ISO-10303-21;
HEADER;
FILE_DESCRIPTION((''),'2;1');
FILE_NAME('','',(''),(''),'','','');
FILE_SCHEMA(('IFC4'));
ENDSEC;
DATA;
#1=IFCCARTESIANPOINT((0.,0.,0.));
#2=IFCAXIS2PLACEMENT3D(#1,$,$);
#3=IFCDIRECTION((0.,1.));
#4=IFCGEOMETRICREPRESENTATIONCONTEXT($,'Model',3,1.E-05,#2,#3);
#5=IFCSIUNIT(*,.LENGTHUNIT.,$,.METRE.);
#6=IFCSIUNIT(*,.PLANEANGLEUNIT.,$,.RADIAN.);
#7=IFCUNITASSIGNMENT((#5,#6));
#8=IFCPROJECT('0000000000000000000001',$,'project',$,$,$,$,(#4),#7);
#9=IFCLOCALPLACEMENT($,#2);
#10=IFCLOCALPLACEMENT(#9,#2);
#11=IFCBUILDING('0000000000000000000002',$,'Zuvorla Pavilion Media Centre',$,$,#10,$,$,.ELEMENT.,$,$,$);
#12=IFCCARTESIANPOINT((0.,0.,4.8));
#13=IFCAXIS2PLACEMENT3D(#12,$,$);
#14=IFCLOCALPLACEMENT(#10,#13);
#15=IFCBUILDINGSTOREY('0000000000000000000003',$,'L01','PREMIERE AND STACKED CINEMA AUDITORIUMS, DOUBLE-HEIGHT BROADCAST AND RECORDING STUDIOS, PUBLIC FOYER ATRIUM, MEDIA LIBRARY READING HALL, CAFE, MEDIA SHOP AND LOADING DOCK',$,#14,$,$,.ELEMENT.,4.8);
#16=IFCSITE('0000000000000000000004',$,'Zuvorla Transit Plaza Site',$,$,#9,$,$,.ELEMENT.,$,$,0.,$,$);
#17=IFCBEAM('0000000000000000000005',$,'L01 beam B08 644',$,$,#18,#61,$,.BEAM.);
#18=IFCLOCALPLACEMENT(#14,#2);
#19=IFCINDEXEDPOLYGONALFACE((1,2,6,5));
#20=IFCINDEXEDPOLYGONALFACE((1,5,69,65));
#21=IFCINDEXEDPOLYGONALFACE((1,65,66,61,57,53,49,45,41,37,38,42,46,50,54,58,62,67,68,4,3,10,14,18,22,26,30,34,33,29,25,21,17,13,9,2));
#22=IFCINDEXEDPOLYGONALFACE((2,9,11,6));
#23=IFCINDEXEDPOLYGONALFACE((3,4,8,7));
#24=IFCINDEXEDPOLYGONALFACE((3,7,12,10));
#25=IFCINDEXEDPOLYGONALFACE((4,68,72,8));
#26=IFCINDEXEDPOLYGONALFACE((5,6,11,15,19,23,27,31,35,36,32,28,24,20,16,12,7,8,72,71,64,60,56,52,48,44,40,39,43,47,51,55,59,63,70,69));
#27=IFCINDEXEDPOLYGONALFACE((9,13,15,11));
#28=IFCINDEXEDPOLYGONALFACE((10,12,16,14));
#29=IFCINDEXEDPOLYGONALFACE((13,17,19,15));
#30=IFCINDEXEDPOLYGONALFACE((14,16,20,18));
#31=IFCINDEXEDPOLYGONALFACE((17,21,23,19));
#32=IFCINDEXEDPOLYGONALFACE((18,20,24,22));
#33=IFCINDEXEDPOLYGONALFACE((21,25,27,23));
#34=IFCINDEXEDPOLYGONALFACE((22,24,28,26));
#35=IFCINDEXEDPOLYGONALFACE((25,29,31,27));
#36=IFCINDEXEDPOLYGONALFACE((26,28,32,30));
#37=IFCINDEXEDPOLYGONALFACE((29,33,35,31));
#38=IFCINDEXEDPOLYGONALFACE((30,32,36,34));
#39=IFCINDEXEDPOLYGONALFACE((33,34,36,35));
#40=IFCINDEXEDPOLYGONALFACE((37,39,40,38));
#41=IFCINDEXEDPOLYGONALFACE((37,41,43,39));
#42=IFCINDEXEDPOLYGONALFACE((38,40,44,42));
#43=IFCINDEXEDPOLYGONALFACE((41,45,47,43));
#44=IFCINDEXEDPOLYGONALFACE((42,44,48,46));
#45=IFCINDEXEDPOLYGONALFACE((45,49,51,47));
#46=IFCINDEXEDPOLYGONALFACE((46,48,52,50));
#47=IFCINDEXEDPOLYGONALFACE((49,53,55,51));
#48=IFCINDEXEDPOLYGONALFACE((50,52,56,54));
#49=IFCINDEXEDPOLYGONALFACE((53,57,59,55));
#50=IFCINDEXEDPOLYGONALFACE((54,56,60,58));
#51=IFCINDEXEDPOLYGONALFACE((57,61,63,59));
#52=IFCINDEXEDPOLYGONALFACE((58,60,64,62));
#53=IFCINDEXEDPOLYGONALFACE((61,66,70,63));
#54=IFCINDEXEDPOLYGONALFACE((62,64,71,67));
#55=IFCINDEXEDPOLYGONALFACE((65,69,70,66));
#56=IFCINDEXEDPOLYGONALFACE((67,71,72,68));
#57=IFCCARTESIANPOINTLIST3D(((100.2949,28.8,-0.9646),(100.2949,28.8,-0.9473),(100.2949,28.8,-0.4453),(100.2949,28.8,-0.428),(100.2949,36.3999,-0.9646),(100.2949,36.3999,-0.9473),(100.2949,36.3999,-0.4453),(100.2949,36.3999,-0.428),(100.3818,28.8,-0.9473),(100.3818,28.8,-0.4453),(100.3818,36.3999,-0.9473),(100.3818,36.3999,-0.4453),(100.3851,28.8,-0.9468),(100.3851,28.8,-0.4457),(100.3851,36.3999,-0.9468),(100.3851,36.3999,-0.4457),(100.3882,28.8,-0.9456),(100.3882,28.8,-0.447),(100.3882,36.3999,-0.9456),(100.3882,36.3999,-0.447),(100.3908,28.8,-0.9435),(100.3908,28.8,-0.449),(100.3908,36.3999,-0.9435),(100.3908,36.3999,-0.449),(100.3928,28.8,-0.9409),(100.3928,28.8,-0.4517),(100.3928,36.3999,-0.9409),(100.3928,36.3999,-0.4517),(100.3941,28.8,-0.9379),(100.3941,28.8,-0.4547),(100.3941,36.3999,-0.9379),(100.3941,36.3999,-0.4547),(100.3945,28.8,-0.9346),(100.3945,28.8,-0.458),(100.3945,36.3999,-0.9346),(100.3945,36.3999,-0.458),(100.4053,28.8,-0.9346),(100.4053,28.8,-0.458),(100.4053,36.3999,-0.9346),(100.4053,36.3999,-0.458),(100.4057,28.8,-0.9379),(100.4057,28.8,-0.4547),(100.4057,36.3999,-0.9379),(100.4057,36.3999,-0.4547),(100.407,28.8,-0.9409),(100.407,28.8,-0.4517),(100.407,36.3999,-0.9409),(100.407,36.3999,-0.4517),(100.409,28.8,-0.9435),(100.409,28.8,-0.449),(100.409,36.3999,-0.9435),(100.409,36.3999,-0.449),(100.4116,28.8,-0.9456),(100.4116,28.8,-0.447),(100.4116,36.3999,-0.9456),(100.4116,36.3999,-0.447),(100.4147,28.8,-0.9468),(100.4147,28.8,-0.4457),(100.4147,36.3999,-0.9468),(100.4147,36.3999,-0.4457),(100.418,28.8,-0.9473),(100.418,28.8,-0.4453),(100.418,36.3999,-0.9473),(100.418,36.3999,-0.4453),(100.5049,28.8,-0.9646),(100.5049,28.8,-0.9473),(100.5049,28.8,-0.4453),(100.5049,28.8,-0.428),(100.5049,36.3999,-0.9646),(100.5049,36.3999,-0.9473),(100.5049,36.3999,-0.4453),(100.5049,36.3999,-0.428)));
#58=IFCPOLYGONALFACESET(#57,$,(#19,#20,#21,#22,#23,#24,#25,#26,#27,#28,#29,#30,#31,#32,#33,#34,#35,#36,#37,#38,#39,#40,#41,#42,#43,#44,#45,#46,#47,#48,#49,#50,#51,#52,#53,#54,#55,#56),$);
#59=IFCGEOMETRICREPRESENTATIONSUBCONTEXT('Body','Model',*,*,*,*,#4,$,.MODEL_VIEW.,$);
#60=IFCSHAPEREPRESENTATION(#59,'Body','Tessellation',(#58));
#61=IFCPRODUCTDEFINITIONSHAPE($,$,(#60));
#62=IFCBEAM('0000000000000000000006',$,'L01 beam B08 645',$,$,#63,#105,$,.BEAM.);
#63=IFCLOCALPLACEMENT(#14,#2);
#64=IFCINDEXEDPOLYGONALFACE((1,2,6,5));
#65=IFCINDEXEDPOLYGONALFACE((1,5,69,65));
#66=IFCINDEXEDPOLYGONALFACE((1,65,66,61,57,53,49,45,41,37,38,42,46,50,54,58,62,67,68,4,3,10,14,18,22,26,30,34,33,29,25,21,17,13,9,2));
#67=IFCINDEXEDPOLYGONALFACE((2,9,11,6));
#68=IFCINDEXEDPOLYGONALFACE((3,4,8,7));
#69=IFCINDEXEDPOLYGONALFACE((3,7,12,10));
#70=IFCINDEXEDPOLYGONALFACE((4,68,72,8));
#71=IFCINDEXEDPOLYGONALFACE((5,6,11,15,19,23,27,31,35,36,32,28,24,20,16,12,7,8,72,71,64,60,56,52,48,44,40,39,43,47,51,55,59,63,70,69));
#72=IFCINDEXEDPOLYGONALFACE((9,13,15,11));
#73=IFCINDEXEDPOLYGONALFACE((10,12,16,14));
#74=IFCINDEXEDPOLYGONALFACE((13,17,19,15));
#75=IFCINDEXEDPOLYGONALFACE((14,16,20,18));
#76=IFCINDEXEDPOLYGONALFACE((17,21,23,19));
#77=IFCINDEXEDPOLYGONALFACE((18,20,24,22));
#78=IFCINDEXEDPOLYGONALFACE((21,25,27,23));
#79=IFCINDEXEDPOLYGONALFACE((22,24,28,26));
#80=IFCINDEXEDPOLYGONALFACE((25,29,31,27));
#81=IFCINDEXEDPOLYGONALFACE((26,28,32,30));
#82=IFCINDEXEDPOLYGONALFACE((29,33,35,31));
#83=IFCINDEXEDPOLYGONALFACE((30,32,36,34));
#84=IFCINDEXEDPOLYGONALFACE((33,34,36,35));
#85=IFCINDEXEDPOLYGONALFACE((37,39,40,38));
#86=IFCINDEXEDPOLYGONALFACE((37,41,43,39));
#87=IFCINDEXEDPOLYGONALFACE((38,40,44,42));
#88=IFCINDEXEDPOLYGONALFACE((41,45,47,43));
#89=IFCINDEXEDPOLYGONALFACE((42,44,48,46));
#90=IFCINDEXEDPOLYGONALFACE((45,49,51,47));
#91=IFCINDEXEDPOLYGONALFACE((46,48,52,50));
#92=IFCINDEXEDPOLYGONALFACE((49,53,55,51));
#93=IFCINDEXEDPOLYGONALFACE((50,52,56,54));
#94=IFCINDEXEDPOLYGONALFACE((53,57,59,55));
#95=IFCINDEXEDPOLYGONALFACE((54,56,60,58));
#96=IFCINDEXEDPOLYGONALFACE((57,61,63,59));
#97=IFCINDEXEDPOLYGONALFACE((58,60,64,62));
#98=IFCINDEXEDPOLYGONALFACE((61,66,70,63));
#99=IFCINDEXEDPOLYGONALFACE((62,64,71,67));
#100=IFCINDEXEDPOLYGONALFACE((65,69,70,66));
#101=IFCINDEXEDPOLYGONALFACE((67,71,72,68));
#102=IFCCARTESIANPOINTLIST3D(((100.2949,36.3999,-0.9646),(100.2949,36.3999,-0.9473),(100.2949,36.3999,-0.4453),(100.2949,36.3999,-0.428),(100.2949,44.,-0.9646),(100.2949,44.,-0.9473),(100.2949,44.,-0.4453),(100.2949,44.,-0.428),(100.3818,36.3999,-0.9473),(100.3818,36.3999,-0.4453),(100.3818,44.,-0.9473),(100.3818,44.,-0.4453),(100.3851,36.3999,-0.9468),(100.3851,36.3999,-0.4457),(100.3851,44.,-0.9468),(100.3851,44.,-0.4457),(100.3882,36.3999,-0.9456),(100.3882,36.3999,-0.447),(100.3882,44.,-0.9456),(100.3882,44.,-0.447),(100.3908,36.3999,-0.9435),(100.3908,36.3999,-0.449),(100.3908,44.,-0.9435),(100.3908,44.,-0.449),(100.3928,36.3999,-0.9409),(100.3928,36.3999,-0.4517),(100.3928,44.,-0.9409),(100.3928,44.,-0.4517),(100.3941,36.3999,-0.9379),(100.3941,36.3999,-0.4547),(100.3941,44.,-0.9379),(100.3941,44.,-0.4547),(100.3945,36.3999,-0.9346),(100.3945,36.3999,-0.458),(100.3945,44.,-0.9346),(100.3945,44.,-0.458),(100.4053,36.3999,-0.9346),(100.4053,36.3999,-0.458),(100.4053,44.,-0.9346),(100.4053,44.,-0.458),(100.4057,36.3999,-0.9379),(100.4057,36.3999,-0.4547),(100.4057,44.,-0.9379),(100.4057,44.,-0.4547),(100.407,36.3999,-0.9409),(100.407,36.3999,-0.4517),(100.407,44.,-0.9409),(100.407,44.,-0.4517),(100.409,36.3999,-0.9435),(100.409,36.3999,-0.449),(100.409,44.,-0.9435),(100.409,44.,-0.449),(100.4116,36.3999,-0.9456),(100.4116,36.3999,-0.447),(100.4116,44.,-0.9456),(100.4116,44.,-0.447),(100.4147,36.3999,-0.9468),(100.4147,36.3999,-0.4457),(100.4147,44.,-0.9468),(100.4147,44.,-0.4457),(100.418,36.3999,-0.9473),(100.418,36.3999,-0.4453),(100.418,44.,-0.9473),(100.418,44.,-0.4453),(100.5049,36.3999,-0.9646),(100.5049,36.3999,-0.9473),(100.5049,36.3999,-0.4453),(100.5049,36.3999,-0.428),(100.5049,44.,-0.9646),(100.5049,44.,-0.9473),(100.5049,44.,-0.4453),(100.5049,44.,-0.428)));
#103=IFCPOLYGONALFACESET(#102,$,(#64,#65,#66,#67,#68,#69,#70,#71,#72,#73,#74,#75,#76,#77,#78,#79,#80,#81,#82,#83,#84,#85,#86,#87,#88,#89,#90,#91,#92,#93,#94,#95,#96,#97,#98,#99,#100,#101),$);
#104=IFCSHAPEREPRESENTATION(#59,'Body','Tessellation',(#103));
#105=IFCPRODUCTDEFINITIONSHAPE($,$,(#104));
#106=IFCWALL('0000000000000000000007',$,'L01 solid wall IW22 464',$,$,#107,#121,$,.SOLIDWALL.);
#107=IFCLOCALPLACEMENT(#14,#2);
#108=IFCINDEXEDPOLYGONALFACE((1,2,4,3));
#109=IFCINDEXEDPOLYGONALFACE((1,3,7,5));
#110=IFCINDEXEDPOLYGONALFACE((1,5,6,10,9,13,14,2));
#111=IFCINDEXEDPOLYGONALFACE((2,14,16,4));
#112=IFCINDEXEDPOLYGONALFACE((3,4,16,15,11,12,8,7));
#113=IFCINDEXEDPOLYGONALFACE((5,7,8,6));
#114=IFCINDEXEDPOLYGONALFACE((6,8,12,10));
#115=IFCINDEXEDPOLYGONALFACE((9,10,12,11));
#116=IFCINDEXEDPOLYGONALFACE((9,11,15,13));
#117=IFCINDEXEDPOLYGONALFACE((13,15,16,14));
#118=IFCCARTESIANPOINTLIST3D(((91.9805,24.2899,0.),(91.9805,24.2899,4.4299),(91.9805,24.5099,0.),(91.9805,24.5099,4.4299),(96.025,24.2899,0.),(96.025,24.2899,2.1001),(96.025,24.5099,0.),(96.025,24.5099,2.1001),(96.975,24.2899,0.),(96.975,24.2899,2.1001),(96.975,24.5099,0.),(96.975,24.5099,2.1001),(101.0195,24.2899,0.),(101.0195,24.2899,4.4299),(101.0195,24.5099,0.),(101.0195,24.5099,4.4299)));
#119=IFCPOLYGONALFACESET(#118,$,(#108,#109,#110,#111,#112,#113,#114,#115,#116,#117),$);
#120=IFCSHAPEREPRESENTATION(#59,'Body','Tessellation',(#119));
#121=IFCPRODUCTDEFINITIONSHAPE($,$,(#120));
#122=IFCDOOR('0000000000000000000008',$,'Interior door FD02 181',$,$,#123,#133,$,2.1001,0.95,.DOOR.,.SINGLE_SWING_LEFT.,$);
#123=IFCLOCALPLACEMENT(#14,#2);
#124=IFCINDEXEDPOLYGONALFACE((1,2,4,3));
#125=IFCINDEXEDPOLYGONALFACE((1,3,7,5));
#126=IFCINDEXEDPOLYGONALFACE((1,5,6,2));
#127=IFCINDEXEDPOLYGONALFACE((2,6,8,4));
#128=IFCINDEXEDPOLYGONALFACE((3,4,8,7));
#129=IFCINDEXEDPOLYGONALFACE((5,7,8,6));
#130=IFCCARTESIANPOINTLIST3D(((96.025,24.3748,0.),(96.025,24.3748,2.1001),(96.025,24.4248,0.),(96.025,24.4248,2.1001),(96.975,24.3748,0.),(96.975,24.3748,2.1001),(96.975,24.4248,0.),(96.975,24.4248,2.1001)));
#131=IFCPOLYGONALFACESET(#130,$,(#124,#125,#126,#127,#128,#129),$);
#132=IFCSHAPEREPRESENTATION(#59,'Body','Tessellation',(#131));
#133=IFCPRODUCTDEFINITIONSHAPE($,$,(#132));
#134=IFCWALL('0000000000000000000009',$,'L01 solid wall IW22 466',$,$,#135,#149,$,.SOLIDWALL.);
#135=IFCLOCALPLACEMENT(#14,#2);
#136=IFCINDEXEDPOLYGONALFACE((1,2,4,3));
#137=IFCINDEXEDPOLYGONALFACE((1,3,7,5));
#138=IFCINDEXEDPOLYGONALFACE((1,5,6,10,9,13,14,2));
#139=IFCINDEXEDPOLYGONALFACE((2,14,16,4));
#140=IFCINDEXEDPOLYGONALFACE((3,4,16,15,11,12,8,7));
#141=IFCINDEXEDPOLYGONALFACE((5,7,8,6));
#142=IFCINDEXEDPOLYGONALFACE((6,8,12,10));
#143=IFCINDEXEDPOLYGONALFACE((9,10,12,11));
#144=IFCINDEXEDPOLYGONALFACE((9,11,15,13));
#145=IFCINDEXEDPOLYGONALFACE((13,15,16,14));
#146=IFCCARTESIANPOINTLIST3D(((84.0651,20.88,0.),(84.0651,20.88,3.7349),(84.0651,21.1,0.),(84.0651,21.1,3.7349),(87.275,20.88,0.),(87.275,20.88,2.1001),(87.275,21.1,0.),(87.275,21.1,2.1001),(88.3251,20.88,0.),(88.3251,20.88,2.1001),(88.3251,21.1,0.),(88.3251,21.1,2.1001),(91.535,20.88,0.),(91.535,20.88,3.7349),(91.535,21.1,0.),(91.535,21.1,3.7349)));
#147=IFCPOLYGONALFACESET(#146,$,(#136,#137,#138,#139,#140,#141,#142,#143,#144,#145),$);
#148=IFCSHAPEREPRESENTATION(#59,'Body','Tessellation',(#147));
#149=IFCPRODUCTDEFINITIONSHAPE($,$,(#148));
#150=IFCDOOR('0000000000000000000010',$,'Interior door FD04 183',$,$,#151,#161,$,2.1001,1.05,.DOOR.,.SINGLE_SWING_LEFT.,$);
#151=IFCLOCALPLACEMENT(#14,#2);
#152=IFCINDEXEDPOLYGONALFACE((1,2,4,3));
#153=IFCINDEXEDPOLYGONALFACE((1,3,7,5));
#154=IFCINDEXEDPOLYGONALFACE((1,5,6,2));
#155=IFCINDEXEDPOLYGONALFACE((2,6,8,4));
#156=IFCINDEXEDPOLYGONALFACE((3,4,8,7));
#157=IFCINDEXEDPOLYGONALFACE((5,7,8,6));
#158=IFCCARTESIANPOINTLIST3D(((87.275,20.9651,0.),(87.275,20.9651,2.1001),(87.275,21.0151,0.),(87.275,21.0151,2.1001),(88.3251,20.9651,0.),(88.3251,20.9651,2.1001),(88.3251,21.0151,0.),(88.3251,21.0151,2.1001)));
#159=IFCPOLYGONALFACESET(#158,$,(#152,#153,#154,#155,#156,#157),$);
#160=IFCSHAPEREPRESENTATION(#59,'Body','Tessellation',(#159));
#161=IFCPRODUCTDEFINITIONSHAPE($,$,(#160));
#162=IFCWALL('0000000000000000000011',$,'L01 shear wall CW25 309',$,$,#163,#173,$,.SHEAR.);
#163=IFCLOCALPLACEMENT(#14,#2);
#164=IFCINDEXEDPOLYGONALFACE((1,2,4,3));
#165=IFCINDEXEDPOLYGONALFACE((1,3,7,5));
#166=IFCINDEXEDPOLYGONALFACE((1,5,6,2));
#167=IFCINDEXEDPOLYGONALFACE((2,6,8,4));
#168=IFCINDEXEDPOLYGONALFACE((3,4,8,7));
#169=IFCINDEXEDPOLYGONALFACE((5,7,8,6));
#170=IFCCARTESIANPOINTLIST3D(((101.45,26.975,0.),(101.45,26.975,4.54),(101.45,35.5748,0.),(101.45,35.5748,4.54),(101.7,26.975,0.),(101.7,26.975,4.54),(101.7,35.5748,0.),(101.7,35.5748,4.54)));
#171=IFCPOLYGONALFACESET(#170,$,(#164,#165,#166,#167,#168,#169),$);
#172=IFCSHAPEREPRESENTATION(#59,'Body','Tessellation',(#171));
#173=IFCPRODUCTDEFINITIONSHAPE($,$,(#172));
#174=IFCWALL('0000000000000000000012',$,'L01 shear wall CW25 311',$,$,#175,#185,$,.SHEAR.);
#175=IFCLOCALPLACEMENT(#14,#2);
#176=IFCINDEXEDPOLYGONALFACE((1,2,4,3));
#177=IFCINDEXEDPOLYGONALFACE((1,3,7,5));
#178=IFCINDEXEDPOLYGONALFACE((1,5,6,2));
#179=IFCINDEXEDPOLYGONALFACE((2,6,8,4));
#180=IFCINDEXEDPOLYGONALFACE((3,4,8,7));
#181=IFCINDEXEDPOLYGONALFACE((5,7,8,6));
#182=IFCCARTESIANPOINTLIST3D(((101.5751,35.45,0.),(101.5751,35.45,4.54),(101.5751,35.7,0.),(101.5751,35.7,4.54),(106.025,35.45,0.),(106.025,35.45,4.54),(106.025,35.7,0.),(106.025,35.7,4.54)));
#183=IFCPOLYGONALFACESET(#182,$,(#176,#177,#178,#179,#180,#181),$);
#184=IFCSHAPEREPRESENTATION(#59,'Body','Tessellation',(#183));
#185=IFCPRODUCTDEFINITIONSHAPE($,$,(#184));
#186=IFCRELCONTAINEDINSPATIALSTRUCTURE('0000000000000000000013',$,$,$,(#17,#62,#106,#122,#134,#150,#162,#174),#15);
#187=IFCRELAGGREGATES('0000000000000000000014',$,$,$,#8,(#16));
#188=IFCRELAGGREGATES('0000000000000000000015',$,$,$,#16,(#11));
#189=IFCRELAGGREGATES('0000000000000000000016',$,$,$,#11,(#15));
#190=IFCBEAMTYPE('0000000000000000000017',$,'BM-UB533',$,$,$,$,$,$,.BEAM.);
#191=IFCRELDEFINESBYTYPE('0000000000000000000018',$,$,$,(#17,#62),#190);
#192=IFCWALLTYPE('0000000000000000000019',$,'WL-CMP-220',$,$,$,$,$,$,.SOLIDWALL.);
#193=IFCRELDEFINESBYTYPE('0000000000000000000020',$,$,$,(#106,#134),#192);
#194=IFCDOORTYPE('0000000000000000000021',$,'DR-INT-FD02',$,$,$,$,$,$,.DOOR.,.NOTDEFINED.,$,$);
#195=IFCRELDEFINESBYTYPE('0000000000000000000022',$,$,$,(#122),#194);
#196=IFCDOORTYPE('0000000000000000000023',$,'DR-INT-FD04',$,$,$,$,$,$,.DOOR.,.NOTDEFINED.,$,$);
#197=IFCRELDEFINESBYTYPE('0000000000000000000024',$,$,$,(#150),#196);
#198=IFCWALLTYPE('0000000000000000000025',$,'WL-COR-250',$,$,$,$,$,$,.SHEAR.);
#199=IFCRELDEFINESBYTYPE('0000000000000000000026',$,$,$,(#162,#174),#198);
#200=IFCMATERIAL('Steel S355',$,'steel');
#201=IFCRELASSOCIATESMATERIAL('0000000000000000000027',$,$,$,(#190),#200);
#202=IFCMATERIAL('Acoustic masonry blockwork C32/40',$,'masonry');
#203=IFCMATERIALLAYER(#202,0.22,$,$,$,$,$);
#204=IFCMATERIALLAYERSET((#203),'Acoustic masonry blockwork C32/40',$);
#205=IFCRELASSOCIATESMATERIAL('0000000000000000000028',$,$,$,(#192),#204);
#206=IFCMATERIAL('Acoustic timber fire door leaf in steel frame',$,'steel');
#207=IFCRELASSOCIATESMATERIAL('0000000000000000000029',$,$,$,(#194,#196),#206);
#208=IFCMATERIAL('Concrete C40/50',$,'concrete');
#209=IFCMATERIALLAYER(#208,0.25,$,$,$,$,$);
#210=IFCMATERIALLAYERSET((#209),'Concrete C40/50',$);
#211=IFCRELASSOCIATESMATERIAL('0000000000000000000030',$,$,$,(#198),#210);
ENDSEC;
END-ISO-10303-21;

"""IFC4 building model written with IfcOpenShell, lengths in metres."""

from ifc_helpers import new_model, si_unit, direction, frame, frame_2d, origin, origin_2d, place, context, subcontext, project, spatial, rectangle, i_section, extrude, material, layer, layer_set, material_profile, profile_set, type_object, element, fill, save


model = new_model("IFC4")

# Units and contexts
model_context = context("Model", 3, precision=1e-05, world=origin(), true_north=direction((0.0, 1.0)))
body_context = subcontext(model_context, "Body", "Model", "MODEL_VIEW")
ifc_project = project(units=[si_unit("LENGTHUNIT", "METRE"), si_unit("PLANEANGLEUNIT", "RADIAN")], contexts=[model_context])

# Site, building, storey
site_placement = place(None, origin())
site = spatial("IfcSite", under=ifc_project, at=site_placement, Name="Zuvorla Transit Plaza Site", CompositionType="ELEMENT", RefElevation=0.0)
building_placement = place(site_placement, origin())
building = spatial("IfcBuilding", under=site, at=building_placement, Name="Zuvorla Pavilion Media Centre", CompositionType="ELEMENT")
storey_placement = place(building_placement, frame((0.0, 0.0, 4.8)))
storey = spatial("IfcBuildingStorey", under=building, at=storey_placement, Name="L01", Description="PREMIERE AND STACKED CINEMA AUDITORIUMS, DOUBLE-HEIGHT BROADCAST AND RECORDING STUDIOS, PUBLIC FOYER ATRIUM, MEDIA LIBRARY READING HALL, CAFE, MEDIA SHOP AND LOADING DOCK", CompositionType="ELEMENT", Elevation=4.8)

# Shared definitions
ifc_material_1 = material(Name="Concrete C40/50", Category="concrete")

# Beams
ifc_material_2 = material(Name="Steel S355", Category="steel")
ifc_material_profile_1 = material_profile(ifc_material_2, i_section(OverallWidth=0.21, OverallDepth=0.5366, WebThickness=0.0107, FlangeThickness=0.0173, FilletRadius=0.0127, at=origin_2d()), Name="UB 533x210x101")
ifc_profile_set_1 = profile_set([ifc_material_profile_1], Name="Steel S355")
beam_type_1 = type_object("IfcBeamType", Name="BM-UB533", PredefinedType="BEAM", material=ifc_profile_set_1)
beam_1_placement = place(storey_placement, frame((100.3999, 28.8, -0.6963), z_axis=(0.0, 1.0, 0.0), x_axis=(-1.0, 0.0, 0.0)))
element("IfcBeam", 1, at=beam_1_placement, inside=storey, type_object=beam_type_1, Name="L01 beam B08 644", PredefinedType="BEAM", context=body_context, shape_type="SweptSolid", body=[
    extrude(i_section(OverallWidth=0.21, OverallDepth=0.5366, WebThickness=0.0107, FlangeThickness=0.0173, FilletRadius=0.0127, at=origin_2d()), origin(), (0.0, 0.0, 1.0), 7.5999),
])
beam_2_placement = place(storey_placement, frame((100.3999, 36.3999, -0.6963), z_axis=(0.0, 1.0, 0.0), x_axis=(-1.0, 0.0, 0.0)))
element("IfcBeam", 2, at=beam_2_placement, inside=storey, type_object=beam_type_1, Name="L01 beam B08 645", PredefinedType="BEAM", context=body_context, shape_type="SweptSolid", body=[
    extrude(i_section(OverallWidth=0.21, OverallDepth=0.5366, WebThickness=0.0107, FlangeThickness=0.0173, FilletRadius=0.0127, at=origin_2d()), origin(), (0.0, 0.0, 1.0), 7.6001),
])

# Walls, openings, doors
ifc_material_3 = material(Name="Acoustic masonry blockwork C32/40", Category="masonry")
ifc_layer_1 = layer(ifc_material_3, 0.22)
ifc_layer_set_1 = layer_set([ifc_layer_1], Name="Acoustic masonry blockwork C32/40")
wall_type_1 = type_object("IfcWallType", Name="WL-CMP-220", PredefinedType="SOLIDWALL", material=ifc_layer_set_1)
wall_1_placement = place(storey_placement, frame((91.9805, 24.3999, 0.0), z_axis=(0.0, 0.0, 1.0), x_axis=(1.0, 0.0, 0.0)))
wall_1 = element("IfcWall", 3, at=wall_1_placement, inside=storey, type_object=wall_type_1, Name="L01 solid wall IW22 464", PredefinedType="SOLIDWALL", context=body_context, shape_type="SweptSolid", body=[
    extrude(rectangle(XDim=9.0391, YDim=0.22, at=frame_2d((4.5195, 0.0))), origin(), (0.0, 0.0, 1.0), 4.4299),
])
opening_1_placement = place(wall_1_placement, frame((4.0444, 0.0, 0.0)))
opening_1 = element("IfcOpeningElement", 4, at=opening_1_placement, cuts=wall_1, PredefinedType="OPENING", context=body_context, shape_type="SweptSolid", body=[
    extrude(rectangle(XDim=0.95, YDim=2.1001, at=frame_2d((0.4751, 1.05))), frame((0.0, 0.1199, 0.0), z_axis=(0.0, -1.0, 0.0), x_axis=(1.0, 0.0, 0.0)), (0.0, 0.0, 1.0), 0.24),
])
ifc_material_4 = material(Name="Acoustic timber fire door leaf in steel frame", Category="steel")
door_type_1 = type_object("IfcDoorType", Name="DR-INT-FD02", OperationType="NOTDEFINED", PredefinedType="DOOR", material=ifc_material_4)
door_1_placement = place(opening_1_placement, origin())
door_1 = element("IfcDoor", 5, at=door_1_placement, inside=storey, type_object=door_type_1, Name="Interior door FD02 181", OperationType="SINGLE_SWING_LEFT", OverallHeight=2.1001, OverallWidth=0.95, PredefinedType="DOOR", context=body_context, shape_type="SweptSolid", body=[
    extrude(rectangle(XDim=0.95, YDim=2.1001, at=frame_2d((0.4751, 1.05))), frame((0.0, 0.0249, 0.0), z_axis=(0.0, -1.0, 0.0), x_axis=(1.0, 0.0, 0.0)), (0.0, 0.0, 1.0), 0.05),
])
fill(opening_1, door_1)
wall_2_placement = place(storey_placement, frame((91.5349, 20.99, 0.0), z_axis=(0.0, 0.0, 1.0), x_axis=(-1.0, 0.0, 0.0)))
wall_2 = element("IfcWall", 6, at=wall_2_placement, inside=storey, type_object=wall_type_1, Name="L01 solid wall IW22 466", PredefinedType="SOLIDWALL", context=body_context, shape_type="SweptSolid", body=[
    extrude(rectangle(XDim=7.47, YDim=0.22, at=frame_2d((3.7349, 0.0))), origin(), (0.0, 0.0, 1.0), 3.7349),
])
opening_2_placement = place(wall_2_placement, frame((3.21, 0.0, 0.0)))
opening_2 = element("IfcOpeningElement", 7, at=opening_2_placement, cuts=wall_2, PredefinedType="OPENING", context=body_context, shape_type="SweptSolid", body=[
    extrude(rectangle(XDim=1.05, YDim=2.1001, at=frame_2d((0.5249, 1.05))), frame((0.0, 0.1199, 0.0), z_axis=(0.0, -1.0, 0.0), x_axis=(1.0, 0.0, 0.0)), (0.0, 0.0, 1.0), 0.24),
])
door_type_2 = type_object("IfcDoorType", Name="DR-INT-FD04", OperationType="NOTDEFINED", PredefinedType="DOOR", material=ifc_material_4)
door_2_placement = place(opening_2_placement, origin())
door_2 = element("IfcDoor", 8, at=door_2_placement, inside=storey, type_object=door_type_2, Name="Interior door FD04 183", OperationType="SINGLE_SWING_LEFT", OverallHeight=2.1001, OverallWidth=1.05, PredefinedType="DOOR", context=body_context, shape_type="SweptSolid", body=[
    extrude(rectangle(XDim=1.05, YDim=2.1001, at=frame_2d((0.5249, 1.05))), frame((0.0, 0.0249, 0.0), z_axis=(0.0, -1.0, 0.0), x_axis=(1.0, 0.0, 0.0)), (0.0, 0.0, 1.0), 0.05),
])
fill(opening_2, door_2)

# Walls
ifc_layer_2 = layer(ifc_material_1, 0.25)
ifc_layer_set_2 = layer_set([ifc_layer_2], Name="Concrete C40/50")
wall_type_2 = type_object("IfcWallType", Name="WL-COR-250", PredefinedType="SHEAR", material=ifc_layer_set_2)
wall_3_placement = place(storey_placement, frame((101.575, 26.9751, 0.0), z_axis=(0.0, 0.0, 1.0), x_axis=(0.0, 1.0, 0.0)))
element("IfcWall", 9, at=wall_3_placement, inside=storey, type_object=wall_type_2, Name="L01 shear wall CW25 309", PredefinedType="SHEAR", context=body_context, shape_type="SweptSolid", body=[
    extrude(rectangle(XDim=8.5999, YDim=0.25, at=frame_2d((4.2998, 0.0))), origin(), (0.0, 0.0, 1.0), 4.54),
])
wall_4_placement = place(storey_placement, frame((101.575, 35.575, 0.0), z_axis=(0.0, 0.0, 1.0), x_axis=(1.0, 0.0, 0.0)))
element("IfcWall", 10, at=wall_4_placement, inside=storey, type_object=wall_type_2, Name="L01 shear wall CW25 311", PredefinedType="SHEAR", context=body_context, shape_type="SweptSolid", body=[
    extrude(rectangle(XDim=4.45, YDim=0.25, at=frame_2d((2.2251, 0.0))), origin(), (0.0, 0.0, 1.0), 4.54),
])

save(model, "model.ifc")
